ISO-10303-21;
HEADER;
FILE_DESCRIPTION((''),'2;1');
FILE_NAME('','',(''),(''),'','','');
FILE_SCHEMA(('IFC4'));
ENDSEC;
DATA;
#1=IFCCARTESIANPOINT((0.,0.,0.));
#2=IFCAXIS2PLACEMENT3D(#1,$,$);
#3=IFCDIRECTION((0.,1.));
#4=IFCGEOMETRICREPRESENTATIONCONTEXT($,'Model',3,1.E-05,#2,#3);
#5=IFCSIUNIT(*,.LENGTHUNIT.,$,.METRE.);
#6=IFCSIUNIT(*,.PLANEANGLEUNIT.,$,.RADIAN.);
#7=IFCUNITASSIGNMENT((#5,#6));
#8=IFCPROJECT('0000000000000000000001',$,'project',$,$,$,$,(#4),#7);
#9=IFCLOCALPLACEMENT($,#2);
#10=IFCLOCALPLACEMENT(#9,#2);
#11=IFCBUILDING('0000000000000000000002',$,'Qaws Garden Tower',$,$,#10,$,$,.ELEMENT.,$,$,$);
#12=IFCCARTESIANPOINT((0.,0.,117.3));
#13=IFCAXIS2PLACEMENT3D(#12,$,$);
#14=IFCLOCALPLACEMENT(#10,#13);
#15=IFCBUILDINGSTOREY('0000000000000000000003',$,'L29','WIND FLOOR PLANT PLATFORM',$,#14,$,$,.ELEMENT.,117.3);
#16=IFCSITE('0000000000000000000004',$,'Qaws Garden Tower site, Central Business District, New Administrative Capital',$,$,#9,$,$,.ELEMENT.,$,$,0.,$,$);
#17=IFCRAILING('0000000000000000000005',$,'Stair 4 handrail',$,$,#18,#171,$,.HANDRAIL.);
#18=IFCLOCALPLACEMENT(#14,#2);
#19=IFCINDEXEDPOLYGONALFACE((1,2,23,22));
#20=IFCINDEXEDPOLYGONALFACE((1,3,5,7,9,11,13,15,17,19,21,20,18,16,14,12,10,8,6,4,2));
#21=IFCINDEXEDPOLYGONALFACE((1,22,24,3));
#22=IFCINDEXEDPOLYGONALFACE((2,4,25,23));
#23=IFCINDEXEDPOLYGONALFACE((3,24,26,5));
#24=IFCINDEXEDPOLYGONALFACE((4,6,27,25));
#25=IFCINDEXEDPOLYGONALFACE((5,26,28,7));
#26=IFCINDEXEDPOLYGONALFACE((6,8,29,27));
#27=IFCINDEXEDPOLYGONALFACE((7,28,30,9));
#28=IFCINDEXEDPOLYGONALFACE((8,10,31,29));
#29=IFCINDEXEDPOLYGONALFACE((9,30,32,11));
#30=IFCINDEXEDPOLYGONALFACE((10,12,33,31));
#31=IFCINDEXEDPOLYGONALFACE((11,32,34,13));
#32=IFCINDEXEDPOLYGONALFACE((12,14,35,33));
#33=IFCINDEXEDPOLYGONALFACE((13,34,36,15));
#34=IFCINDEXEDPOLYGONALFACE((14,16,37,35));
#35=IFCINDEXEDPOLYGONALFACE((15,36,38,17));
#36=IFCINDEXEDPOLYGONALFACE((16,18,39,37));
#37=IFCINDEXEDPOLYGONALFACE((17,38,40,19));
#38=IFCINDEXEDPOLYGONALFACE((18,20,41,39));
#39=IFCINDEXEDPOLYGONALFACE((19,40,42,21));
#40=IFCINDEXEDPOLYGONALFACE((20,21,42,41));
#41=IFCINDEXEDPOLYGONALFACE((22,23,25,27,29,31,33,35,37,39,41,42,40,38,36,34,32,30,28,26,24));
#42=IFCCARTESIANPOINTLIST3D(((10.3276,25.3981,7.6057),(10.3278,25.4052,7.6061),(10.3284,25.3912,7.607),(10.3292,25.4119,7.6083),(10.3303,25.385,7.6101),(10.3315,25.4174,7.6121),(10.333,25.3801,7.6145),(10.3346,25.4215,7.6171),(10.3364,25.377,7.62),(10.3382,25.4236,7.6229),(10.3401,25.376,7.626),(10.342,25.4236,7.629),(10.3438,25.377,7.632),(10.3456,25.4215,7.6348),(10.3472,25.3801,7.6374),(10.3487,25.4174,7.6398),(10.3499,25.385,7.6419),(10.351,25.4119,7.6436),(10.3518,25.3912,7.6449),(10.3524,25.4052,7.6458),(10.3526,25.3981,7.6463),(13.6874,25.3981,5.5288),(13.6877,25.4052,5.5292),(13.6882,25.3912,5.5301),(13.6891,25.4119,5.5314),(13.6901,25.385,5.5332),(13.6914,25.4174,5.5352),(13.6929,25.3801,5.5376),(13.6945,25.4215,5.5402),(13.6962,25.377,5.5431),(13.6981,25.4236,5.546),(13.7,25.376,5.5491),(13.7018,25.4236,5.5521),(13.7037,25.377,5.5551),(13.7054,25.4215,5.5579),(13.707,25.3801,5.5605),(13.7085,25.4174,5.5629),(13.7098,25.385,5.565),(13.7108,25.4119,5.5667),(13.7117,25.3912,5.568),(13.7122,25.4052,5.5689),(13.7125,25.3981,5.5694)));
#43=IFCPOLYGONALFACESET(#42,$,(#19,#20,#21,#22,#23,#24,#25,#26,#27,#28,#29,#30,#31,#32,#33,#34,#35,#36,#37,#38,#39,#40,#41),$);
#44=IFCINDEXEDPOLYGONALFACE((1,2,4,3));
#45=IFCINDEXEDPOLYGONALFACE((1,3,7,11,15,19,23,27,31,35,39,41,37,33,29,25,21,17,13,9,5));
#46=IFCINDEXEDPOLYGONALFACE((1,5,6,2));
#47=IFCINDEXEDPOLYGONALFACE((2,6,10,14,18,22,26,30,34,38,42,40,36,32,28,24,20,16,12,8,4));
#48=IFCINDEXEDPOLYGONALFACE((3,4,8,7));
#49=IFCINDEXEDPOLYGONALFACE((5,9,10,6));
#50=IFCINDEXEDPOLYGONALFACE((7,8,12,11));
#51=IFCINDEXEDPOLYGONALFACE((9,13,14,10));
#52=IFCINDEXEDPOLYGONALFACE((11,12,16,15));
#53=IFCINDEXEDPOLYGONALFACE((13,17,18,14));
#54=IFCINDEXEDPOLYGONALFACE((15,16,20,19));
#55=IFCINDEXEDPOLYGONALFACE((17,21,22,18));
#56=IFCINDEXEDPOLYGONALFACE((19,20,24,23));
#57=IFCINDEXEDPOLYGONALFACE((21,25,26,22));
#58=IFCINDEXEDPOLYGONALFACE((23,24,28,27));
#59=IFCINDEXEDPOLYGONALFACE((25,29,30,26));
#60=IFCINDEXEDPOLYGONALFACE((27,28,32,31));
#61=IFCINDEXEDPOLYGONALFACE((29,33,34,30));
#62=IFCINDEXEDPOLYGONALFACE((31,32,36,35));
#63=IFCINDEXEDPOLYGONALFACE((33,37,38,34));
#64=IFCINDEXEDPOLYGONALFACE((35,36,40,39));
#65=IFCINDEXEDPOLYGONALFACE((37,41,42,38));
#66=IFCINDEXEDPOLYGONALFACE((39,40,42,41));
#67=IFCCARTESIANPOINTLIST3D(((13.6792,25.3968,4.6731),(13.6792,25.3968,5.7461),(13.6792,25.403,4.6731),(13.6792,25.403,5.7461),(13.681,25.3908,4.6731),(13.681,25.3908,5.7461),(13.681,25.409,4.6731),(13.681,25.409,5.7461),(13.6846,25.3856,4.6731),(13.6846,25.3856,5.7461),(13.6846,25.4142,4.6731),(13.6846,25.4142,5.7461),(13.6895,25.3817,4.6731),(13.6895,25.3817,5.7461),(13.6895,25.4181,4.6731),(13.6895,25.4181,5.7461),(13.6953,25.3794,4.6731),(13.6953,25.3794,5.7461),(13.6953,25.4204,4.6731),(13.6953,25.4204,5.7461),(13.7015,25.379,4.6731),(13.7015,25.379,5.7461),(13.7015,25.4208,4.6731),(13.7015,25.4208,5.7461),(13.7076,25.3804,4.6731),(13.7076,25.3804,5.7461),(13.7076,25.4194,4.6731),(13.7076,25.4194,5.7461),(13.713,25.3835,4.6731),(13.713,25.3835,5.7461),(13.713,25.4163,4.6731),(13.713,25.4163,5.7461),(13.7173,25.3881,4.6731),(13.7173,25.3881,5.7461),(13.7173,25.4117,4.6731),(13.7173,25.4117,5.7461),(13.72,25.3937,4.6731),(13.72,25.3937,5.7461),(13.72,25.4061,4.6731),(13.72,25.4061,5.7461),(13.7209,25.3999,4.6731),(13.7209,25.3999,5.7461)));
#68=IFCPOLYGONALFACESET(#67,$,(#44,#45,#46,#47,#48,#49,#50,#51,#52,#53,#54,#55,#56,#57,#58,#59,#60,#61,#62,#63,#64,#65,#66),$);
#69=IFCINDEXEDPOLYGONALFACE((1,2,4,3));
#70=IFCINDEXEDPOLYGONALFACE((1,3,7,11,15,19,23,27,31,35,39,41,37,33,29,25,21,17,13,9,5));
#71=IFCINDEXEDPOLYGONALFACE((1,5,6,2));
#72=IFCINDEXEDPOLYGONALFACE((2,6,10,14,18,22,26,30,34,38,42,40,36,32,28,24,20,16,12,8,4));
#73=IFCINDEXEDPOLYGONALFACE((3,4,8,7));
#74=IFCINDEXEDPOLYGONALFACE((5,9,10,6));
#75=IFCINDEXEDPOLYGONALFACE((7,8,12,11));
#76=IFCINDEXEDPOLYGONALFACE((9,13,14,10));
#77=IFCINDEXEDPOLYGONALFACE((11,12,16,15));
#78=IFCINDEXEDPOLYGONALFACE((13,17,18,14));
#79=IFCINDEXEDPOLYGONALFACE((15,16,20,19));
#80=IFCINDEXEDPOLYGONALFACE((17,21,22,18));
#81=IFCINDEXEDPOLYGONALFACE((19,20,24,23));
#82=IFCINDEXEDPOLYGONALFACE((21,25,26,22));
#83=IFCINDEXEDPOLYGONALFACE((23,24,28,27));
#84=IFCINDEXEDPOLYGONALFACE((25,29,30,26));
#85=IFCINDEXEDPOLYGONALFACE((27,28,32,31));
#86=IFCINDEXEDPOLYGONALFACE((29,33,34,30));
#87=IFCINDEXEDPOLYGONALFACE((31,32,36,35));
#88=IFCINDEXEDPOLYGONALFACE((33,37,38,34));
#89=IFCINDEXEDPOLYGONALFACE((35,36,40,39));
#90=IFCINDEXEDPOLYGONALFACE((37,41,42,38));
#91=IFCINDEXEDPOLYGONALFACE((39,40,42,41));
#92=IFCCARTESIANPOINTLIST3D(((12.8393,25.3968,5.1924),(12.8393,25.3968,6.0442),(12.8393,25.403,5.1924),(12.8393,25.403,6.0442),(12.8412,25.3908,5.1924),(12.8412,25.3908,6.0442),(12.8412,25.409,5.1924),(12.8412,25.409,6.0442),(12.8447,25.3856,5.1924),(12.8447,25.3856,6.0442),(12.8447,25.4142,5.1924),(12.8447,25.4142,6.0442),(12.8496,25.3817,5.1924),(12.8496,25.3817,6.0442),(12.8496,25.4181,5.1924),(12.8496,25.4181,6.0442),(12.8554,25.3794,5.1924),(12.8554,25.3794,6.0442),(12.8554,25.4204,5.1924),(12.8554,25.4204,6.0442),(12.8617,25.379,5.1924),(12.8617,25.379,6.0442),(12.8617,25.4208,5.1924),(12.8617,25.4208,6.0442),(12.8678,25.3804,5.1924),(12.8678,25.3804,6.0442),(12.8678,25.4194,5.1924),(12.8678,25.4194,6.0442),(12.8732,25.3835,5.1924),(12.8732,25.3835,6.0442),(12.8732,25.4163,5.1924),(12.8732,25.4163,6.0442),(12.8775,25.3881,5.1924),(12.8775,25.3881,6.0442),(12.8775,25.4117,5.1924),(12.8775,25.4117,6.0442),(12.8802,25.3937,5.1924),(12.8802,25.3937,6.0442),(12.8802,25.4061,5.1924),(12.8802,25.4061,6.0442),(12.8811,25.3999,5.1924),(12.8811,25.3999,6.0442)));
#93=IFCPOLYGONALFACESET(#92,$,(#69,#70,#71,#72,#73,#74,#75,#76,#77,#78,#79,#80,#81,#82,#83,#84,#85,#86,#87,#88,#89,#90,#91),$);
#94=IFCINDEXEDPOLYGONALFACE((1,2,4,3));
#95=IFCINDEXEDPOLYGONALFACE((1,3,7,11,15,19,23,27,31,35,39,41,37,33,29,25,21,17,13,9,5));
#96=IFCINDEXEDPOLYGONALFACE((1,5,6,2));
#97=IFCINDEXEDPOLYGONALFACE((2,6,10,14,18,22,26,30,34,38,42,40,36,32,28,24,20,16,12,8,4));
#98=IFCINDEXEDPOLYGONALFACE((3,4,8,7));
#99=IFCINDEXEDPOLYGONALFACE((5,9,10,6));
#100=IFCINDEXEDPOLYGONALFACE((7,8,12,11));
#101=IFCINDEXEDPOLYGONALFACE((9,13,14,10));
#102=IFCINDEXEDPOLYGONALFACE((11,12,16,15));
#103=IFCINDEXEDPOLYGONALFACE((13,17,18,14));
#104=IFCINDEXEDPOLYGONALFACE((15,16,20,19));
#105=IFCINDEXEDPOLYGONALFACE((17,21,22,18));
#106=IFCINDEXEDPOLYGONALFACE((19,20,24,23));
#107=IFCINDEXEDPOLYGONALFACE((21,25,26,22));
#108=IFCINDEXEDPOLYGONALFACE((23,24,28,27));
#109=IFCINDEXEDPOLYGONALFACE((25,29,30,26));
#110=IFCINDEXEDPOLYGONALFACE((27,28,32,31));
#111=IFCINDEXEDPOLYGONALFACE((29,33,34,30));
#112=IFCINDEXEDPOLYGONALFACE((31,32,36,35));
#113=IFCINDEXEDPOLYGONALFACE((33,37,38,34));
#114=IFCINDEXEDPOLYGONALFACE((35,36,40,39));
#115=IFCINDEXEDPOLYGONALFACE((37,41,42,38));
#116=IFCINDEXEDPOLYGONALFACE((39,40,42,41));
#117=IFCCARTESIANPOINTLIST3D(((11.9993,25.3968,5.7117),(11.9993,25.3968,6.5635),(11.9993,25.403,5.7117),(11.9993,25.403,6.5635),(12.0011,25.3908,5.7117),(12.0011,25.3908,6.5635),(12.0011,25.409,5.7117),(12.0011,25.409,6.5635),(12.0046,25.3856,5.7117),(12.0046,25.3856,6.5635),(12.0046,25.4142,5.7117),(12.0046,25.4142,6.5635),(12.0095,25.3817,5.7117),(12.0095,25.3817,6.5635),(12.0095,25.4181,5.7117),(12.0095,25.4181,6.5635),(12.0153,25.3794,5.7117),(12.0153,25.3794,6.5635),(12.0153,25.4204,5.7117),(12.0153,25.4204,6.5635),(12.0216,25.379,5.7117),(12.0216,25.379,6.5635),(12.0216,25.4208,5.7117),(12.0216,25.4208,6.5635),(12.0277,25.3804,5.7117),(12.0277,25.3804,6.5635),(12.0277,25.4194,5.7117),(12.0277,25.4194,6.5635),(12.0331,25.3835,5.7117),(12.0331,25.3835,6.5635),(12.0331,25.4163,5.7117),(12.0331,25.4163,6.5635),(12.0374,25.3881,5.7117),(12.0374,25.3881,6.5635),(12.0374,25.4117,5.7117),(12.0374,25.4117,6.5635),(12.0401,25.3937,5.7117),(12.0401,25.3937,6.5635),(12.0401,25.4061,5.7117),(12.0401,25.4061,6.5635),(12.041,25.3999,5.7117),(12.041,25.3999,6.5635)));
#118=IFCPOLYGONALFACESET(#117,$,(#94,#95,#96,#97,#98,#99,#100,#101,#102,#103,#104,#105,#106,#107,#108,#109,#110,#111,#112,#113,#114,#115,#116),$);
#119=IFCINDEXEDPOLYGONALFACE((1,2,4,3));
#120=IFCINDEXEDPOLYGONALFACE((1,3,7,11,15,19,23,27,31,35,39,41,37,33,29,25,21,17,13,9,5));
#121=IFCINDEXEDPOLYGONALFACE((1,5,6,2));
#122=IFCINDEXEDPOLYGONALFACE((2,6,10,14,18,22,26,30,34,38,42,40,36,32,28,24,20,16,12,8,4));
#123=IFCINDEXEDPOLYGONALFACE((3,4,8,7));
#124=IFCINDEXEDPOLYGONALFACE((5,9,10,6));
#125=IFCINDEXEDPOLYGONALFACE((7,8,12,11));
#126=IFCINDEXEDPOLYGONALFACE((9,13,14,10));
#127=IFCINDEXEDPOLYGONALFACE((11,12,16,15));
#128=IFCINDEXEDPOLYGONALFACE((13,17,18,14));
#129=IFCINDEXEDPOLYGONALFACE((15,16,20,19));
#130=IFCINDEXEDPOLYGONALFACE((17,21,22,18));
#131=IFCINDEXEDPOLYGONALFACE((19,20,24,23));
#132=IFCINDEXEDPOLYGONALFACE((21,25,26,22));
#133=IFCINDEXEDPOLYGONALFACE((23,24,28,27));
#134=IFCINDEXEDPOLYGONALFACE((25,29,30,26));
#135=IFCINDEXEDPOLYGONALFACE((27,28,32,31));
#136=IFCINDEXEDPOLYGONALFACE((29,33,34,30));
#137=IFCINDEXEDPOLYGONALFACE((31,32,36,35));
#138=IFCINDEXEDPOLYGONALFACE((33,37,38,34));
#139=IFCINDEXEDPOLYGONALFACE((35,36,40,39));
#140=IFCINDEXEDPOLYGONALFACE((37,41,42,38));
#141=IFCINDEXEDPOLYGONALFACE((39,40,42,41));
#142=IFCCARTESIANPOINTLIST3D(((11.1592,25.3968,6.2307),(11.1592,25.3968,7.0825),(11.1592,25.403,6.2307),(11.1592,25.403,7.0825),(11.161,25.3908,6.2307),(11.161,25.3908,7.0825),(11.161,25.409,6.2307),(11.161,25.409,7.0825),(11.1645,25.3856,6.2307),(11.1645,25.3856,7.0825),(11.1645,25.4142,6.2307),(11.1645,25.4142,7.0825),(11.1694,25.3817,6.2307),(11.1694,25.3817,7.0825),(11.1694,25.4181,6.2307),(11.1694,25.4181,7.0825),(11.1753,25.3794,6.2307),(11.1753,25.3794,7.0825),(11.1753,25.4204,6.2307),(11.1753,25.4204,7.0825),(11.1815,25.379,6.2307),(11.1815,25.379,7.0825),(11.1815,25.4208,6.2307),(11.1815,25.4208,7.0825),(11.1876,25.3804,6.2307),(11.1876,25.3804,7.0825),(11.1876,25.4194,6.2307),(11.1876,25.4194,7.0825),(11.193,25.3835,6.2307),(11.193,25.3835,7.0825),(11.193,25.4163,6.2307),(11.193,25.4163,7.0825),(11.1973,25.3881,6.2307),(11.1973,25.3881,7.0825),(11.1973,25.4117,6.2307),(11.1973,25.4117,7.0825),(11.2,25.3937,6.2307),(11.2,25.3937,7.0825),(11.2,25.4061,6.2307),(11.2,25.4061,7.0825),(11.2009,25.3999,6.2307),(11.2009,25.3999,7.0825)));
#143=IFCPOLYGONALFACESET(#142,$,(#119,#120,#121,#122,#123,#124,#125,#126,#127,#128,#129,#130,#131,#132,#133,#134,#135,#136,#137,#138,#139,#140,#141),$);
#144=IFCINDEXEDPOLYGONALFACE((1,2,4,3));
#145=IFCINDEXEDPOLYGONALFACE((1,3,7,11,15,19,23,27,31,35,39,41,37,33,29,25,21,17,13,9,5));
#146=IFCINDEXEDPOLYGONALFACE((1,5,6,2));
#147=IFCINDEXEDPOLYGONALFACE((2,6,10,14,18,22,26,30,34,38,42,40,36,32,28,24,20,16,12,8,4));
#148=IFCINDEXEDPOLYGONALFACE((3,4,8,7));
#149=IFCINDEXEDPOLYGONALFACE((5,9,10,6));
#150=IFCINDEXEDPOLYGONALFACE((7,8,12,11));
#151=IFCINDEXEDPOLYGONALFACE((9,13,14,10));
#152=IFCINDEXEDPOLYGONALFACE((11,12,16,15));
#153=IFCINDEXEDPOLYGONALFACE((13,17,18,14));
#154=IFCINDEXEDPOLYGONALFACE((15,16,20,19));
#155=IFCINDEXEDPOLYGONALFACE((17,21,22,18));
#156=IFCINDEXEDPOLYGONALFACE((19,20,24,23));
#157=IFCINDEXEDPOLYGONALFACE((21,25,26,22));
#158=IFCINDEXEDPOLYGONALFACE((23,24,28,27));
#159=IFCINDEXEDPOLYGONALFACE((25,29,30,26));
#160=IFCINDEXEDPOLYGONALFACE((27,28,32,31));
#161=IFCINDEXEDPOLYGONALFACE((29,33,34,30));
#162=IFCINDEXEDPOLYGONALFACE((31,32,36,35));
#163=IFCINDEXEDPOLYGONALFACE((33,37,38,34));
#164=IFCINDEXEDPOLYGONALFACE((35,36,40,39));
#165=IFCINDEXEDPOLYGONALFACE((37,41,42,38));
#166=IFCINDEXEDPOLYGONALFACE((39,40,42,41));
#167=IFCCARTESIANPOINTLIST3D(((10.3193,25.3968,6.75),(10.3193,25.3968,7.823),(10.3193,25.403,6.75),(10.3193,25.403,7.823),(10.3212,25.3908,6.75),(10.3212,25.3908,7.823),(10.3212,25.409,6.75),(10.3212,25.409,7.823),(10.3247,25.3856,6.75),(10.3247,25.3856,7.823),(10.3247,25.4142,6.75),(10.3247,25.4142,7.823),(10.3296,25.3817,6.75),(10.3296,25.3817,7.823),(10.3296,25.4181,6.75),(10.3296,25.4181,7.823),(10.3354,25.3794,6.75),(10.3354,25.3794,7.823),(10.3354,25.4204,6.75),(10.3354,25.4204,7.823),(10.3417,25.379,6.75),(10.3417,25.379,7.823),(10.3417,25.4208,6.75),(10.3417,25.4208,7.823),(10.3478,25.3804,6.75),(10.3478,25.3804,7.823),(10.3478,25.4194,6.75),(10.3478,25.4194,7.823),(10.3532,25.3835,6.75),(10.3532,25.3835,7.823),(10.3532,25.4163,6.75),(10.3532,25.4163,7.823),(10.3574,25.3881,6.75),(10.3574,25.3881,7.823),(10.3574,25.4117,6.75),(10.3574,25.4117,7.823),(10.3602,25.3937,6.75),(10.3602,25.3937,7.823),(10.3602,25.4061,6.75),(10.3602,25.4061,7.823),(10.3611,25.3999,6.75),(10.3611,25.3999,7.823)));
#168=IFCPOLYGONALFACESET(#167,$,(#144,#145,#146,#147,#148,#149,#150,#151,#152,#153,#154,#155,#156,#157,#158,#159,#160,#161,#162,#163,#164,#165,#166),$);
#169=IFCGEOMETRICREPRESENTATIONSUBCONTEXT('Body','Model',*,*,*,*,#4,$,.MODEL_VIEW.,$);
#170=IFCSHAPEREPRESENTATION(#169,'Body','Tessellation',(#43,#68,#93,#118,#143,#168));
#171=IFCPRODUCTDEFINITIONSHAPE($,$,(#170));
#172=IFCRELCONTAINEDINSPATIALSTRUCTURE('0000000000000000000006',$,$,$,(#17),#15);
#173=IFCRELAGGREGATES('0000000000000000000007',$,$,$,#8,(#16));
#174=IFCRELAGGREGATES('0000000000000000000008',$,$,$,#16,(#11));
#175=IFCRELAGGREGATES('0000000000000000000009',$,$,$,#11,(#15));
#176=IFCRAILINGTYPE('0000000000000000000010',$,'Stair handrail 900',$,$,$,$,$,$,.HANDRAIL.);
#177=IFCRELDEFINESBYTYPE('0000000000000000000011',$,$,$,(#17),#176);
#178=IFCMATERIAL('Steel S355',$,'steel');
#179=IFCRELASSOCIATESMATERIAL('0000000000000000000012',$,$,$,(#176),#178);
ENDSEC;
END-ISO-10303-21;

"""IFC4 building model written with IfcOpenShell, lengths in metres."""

from ifc_helpers import new_model, si_unit, direction, frame, origin, origin_2d, place, context, subcontext, project, spatial, circle, extrude, material, type_object, element, save


model = new_model("IFC4")

# Units and contexts
model_context = context("Model", 3, precision=1e-05, world=origin(), true_north=direction((0.0, 1.0)))
body_context = subcontext(model_context, "Body", "Model", "MODEL_VIEW")
ifc_project = project(units=[si_unit("LENGTHUNIT", "METRE"), si_unit("PLANEANGLEUNIT", "RADIAN")], contexts=[model_context])

# Site, building, storey
site_placement = place(None, origin())
site = spatial("IfcSite", under=ifc_project, at=site_placement, Name="Qaws Garden Tower site, Central Business District, New Administrative Capital", CompositionType="ELEMENT", RefElevation=0.0)
building_placement = place(site_placement, origin())
building = spatial("IfcBuilding", under=site, at=building_placement, Name="Qaws Garden Tower", CompositionType="ELEMENT")
storey_placement = place(building_placement, frame((0.0, 0.0, 117.3)))
storey = spatial("IfcBuildingStorey", under=building, at=storey_placement, Name="L29", Description="WIND FLOOR PLANT PLATFORM", CompositionType="ELEMENT", Elevation=117.3)

# Railing
ifc_material_1 = material(Name="Steel S355", Category="steel")
railing_type_1 = type_object("IfcRailingType", Name="Stair handrail 900", PredefinedType="HANDRAIL", material=ifc_material_1)
railing_1_placement = place(storey_placement, frame((13.7, 25.3999, 4.6731)))
element("IfcRailing", 1, at=railing_1_placement, inside=storey, type_object=railing_type_1, Name="Stair 4 handrail", PredefinedType="HANDRAIL", context=body_context, shape_type="SweptSolid", body=[
    extrude(circle(Radius=0.0239, at=origin_2d()), frame((0.0, 0.0, 0.876), z_axis=(-0.850606, 0.0, 0.525803), x_axis=(0.0, -1.0, 0.0)), (0.0, 0.0, 1.0), 3.95),
    extrude(circle(Radius=0.021, at=origin_2d()), origin(), (0.0, 0.0, 1.0), 1.073),
    extrude(circle(Radius=0.021, at=origin_2d()), frame((-0.8398, 0.0, 0.5193)), (0.0, 0.0, 1.0), 0.8518),
    extrude(circle(Radius=0.021, at=origin_2d()), frame((-1.6799, 0.0, 1.0386)), (0.0, 0.0, 1.0), 0.8518),
    extrude(circle(Radius=0.021, at=origin_2d()), frame((-2.52, 0.0, 1.5576)), (0.0, 0.0, 1.0), 0.8518),
    extrude(circle(Radius=0.021, at=origin_2d()), frame((-3.3599, 0.0, 2.0769)), (0.0, 0.0, 1.0), 1.073),
])

save(model, "model.ifc")
